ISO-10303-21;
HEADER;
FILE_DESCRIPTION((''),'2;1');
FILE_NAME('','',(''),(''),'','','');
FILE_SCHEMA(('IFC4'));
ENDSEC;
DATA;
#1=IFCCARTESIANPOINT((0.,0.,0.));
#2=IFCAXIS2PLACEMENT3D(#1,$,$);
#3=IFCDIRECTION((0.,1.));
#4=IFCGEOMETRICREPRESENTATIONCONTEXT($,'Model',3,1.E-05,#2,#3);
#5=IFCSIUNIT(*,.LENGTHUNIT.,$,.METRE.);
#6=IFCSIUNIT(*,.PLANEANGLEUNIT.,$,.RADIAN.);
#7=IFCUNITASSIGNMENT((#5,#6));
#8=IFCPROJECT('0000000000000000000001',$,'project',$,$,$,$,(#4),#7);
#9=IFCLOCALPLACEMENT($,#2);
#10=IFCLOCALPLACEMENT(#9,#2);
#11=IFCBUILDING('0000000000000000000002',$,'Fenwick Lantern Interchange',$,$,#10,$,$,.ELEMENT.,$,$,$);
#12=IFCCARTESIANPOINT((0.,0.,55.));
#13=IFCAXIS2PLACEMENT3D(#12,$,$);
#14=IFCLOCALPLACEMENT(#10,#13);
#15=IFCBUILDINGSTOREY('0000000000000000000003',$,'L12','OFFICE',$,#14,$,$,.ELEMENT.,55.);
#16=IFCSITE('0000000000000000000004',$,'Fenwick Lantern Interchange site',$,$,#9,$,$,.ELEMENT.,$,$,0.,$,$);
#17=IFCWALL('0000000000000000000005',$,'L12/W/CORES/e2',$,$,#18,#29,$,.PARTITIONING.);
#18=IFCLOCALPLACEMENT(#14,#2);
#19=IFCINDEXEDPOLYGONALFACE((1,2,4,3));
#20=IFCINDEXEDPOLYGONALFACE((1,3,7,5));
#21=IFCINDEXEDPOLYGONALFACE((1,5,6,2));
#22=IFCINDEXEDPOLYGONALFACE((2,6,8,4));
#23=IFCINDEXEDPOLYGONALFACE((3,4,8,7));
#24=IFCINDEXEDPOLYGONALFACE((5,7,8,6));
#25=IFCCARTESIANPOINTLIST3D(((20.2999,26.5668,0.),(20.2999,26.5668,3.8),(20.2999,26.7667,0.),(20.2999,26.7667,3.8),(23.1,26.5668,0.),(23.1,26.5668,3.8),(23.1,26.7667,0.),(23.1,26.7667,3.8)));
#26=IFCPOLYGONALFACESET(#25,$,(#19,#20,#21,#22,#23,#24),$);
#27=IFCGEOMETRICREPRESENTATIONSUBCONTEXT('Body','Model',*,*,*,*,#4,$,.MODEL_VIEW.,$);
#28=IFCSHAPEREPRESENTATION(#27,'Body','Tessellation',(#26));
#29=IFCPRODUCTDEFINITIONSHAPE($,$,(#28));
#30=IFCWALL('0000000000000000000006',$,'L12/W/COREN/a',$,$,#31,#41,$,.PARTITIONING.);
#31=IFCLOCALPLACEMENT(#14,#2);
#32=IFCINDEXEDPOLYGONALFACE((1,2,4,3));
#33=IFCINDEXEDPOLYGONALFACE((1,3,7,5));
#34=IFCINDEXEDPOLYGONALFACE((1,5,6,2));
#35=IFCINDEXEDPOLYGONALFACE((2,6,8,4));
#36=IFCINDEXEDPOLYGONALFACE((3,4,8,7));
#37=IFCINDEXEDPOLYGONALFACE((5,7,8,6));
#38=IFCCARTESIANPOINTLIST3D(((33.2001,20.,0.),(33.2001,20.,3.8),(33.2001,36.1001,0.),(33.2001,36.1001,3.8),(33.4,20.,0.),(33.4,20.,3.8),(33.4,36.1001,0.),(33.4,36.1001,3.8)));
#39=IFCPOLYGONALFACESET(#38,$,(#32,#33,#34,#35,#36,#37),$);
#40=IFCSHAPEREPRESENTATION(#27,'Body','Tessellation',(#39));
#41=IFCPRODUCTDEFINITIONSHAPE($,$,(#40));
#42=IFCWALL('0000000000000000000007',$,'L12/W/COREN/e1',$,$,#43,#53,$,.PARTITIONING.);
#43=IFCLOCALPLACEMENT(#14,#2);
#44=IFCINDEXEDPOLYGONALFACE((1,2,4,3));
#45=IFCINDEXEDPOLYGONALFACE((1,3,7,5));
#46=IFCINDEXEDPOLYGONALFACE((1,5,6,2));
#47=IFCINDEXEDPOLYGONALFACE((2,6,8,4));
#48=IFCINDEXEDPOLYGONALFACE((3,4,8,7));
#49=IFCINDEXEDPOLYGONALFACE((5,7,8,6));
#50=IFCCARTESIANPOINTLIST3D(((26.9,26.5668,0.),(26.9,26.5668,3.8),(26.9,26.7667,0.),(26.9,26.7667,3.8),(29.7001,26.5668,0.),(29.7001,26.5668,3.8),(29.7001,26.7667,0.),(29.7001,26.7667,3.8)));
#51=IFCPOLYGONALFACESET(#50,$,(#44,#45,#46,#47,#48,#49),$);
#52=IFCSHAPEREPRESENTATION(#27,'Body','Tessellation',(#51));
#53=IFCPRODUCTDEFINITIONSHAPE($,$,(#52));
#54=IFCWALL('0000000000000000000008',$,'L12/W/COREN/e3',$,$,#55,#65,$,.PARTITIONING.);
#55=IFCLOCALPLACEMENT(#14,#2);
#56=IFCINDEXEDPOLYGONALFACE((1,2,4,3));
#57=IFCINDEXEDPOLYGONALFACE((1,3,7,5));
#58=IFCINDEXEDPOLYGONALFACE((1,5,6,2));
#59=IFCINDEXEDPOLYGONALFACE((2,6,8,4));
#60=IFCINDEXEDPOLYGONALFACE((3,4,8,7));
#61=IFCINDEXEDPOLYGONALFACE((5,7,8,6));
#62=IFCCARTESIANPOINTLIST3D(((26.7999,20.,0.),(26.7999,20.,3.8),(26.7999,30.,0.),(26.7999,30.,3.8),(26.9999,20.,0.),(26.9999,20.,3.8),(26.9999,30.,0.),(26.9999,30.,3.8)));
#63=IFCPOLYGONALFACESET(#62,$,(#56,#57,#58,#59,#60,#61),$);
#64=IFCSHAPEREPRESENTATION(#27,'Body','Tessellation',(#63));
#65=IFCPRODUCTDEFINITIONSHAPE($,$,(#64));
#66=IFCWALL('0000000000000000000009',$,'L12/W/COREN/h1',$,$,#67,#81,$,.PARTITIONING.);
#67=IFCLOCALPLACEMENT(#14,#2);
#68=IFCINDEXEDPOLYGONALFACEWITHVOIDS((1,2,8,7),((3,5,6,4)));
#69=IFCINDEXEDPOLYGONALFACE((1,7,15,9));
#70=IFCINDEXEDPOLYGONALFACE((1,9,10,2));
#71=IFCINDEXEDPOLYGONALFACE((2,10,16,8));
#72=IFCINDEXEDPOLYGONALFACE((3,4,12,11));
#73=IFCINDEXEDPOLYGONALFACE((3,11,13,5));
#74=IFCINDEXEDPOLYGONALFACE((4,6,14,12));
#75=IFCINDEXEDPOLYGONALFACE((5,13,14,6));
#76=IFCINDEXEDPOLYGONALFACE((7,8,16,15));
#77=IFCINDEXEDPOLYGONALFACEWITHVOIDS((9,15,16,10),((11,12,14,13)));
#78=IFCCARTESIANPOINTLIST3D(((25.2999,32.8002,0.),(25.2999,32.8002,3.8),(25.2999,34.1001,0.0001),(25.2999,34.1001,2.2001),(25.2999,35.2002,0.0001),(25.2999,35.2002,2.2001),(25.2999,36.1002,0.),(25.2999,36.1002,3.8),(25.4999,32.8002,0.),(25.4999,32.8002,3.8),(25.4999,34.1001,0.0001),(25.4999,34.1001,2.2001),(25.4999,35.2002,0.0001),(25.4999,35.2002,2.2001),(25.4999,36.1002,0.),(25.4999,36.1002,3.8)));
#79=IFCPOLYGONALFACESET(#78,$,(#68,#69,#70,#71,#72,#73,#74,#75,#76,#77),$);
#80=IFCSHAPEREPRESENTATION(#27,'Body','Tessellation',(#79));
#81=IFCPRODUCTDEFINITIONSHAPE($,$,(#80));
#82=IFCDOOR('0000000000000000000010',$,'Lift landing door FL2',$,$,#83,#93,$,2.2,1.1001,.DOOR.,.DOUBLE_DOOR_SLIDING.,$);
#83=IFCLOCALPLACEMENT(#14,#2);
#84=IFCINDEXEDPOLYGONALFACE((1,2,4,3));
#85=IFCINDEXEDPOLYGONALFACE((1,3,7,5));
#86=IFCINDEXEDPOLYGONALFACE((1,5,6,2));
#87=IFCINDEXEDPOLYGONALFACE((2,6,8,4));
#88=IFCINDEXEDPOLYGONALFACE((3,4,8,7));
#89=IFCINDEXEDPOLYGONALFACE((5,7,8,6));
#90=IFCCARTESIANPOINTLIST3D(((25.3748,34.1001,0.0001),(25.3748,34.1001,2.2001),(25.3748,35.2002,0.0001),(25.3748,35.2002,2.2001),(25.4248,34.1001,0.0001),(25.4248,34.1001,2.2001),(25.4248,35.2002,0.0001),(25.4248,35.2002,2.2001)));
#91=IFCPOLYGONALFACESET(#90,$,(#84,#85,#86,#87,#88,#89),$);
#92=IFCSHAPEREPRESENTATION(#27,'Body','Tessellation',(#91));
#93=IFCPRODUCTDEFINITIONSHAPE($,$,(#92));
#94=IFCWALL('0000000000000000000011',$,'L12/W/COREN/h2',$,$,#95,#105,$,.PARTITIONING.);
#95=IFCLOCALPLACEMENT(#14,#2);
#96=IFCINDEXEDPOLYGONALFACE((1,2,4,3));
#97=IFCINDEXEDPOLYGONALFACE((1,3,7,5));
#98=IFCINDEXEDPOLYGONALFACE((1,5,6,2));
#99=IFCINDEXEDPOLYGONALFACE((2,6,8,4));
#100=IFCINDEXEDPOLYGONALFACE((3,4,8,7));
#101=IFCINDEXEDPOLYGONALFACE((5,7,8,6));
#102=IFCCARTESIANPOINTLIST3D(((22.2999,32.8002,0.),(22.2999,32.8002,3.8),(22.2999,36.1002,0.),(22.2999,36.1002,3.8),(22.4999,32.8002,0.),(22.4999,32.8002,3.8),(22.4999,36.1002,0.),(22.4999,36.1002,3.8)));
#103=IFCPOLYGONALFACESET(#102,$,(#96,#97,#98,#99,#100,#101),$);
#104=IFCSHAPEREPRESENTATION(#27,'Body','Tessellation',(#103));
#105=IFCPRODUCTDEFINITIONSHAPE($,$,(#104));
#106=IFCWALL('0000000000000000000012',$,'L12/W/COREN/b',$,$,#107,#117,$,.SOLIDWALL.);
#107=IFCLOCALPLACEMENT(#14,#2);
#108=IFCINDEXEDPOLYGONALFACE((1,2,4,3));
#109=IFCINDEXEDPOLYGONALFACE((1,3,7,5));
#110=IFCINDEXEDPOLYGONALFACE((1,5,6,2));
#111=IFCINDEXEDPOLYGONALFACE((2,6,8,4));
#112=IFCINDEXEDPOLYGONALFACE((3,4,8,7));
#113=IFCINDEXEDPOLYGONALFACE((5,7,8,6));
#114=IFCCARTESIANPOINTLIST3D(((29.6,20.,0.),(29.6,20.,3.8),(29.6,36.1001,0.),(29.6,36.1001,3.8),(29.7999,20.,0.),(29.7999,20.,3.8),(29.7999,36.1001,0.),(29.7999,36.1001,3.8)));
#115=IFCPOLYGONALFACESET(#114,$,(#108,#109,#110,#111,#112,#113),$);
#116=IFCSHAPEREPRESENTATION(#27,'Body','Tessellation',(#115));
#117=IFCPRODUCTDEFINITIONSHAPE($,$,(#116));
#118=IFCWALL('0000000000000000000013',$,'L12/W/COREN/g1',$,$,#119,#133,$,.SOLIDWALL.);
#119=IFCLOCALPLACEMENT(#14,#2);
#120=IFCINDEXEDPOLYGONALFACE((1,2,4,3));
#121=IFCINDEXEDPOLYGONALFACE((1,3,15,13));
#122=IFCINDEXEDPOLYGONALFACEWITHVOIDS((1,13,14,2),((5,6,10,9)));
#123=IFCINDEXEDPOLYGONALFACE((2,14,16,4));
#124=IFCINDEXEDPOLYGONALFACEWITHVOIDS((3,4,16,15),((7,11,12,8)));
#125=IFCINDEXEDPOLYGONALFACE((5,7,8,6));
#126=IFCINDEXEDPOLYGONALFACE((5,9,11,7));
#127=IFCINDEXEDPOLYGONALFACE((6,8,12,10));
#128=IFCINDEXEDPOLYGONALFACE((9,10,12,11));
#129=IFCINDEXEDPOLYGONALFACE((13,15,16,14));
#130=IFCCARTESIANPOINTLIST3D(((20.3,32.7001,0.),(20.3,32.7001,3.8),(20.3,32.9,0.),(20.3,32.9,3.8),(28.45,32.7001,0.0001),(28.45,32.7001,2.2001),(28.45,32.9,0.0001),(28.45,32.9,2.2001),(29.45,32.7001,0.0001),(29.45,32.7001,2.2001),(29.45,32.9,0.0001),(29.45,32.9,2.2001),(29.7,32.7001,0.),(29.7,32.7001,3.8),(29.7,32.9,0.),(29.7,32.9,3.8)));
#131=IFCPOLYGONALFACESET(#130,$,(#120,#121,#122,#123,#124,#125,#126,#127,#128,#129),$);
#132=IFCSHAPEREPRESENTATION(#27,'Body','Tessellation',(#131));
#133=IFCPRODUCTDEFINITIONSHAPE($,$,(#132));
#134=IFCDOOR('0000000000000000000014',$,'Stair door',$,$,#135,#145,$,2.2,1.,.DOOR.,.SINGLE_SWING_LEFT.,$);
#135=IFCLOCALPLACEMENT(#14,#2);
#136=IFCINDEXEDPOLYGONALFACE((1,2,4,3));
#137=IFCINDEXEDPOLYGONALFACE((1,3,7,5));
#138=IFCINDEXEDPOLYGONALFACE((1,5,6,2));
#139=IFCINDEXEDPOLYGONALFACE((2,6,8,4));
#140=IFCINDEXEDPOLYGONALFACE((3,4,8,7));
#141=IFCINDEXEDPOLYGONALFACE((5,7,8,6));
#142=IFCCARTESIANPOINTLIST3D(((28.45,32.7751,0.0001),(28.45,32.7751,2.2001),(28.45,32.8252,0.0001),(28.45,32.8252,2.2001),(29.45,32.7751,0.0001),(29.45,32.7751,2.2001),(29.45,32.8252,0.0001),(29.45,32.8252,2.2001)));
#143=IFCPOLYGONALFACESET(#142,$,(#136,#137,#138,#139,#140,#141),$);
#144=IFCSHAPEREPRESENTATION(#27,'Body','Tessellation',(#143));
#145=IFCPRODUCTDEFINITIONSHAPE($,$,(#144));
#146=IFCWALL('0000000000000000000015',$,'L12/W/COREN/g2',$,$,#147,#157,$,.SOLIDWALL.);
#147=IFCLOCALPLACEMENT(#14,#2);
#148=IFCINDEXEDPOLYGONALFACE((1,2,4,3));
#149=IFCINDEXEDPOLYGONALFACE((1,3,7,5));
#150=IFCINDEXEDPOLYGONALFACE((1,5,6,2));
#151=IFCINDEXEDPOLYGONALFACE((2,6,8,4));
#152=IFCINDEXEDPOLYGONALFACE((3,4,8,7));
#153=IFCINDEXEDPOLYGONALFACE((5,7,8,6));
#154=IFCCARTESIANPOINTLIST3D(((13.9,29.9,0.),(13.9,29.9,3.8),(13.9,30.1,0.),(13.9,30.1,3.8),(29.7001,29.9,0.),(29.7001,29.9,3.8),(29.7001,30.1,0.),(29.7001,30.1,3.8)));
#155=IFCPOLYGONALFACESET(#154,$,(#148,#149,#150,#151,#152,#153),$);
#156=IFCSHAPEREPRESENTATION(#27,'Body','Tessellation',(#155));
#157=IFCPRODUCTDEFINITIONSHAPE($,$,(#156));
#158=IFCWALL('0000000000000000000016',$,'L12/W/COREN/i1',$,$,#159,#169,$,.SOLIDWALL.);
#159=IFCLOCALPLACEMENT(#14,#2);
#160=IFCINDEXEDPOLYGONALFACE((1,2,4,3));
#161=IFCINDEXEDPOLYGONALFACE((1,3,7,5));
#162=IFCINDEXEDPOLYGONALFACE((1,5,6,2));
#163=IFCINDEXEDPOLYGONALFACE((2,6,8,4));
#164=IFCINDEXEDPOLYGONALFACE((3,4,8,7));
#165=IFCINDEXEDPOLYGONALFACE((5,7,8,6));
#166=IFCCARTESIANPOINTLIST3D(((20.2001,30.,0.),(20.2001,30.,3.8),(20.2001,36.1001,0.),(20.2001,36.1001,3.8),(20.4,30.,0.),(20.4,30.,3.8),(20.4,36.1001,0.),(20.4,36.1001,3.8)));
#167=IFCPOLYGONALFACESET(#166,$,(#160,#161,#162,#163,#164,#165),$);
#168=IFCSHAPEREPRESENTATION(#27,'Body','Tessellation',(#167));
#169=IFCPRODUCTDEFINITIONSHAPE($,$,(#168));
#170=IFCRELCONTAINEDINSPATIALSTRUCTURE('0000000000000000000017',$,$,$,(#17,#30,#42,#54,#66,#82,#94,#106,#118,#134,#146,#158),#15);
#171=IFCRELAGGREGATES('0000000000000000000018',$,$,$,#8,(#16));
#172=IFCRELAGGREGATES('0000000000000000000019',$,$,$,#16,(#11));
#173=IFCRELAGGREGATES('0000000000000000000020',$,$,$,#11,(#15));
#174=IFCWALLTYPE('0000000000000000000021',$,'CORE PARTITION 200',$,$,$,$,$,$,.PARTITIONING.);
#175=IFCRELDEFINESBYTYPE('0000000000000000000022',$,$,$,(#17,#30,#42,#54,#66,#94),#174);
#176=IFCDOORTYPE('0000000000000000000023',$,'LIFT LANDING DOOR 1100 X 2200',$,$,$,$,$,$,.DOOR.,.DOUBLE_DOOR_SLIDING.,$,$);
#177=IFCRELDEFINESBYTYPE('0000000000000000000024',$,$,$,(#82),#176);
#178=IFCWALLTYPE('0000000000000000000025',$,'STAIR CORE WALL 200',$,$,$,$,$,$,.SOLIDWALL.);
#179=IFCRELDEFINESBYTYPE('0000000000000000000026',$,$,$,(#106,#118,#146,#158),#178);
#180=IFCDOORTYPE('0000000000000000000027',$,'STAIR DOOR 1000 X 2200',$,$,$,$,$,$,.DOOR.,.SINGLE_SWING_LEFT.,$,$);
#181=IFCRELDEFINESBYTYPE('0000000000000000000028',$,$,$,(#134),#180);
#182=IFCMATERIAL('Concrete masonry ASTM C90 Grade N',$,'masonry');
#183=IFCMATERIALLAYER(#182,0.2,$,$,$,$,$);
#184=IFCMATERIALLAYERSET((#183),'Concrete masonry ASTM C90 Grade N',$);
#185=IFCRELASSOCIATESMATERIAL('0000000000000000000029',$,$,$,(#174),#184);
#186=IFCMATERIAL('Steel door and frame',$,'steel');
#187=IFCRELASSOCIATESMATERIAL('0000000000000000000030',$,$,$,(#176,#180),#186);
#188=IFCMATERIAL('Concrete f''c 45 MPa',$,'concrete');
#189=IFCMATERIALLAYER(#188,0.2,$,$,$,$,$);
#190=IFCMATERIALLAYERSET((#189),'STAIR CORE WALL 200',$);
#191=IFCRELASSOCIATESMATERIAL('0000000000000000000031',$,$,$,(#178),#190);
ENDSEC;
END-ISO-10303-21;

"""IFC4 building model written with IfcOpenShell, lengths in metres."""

from ifc_helpers import new_model, si_unit, direction, frame, frame_2d, origin, place, context, subcontext, project, spatial, rectangle, extrude, material, layer, layer_set, type_object, element, fill, save


model = new_model("IFC4")

# Units and contexts
model_context = context("Model", 3, precision=1e-05, world=origin(), true_north=direction((0.0, 1.0)))
body_context = subcontext(model_context, "Body", "Model", "MODEL_VIEW")
ifc_project = project(units=[si_unit("LENGTHUNIT", "METRE"), si_unit("PLANEANGLEUNIT", "RADIAN")], contexts=[model_context])

# Site, building, storey
site_placement = place(None, origin())
site = spatial("IfcSite", under=ifc_project, at=site_placement, Name="Fenwick Lantern Interchange site", CompositionType="ELEMENT", RefElevation=0.0)
building_placement = place(site_placement, origin())
building = spatial("IfcBuilding", under=site, at=building_placement, Name="Fenwick Lantern Interchange", CompositionType="ELEMENT")
storey_placement = place(building_placement, frame((0.0, 0.0, 55.0)))
storey = spatial("IfcBuildingStorey", under=building, at=storey_placement, Name="L12", Description="OFFICE", CompositionType="ELEMENT", Elevation=55.0)

# Walls
ifc_material_1 = material(Name="Concrete masonry ASTM C90 Grade N", Category="masonry")
ifc_layer_1 = layer(ifc_material_1, 0.2)
ifc_layer_set_1 = layer_set([ifc_layer_1], Name="Concrete masonry ASTM C90 Grade N")
wall_type_1 = type_object("IfcWallType", Name="CORE PARTITION 200", PredefinedType="PARTITIONING", material=ifc_layer_set_1)
wall_1_placement = place(storey_placement, frame((20.3, 26.6667, 0.0), z_axis=(0.0, 0.0, 1.0), x_axis=(1.0, 0.0, 0.0)))
element("IfcWall", 1, at=wall_1_placement, inside=storey, type_object=wall_type_1, Name="L12/W/CORES/e2", PredefinedType="PARTITIONING", context=body_context, shape_type="SweptSolid", body=[
    extrude(rectangle(XDim=2.8, YDim=0.2, at=frame_2d((1.3999, 0.0))), origin(), (0.0, 0.0, 1.0), 3.8),
])
wall_2_placement = place(storey_placement, frame((33.3, 36.1001, 0.0), z_axis=(0.0, 0.0, 1.0), x_axis=(0.0, -1.0, 0.0)))
element("IfcWall", 2, at=wall_2_placement, inside=storey, type_object=wall_type_1, Name="L12/W/COREN/a", PredefinedType="PARTITIONING", context=body_context, shape_type="SweptSolid", body=[
    extrude(rectangle(XDim=16.1001, YDim=0.2, at=frame_2d((8.05, 0.0))), origin(), (0.0, 0.0, 1.0), 3.8),
])
wall_3_placement = place(storey_placement, frame((29.7, 26.6667, 0.0), z_axis=(0.0, 0.0, 1.0), x_axis=(-1.0, 0.0, 0.0)))
element("IfcWall", 3, at=wall_3_placement, inside=storey, type_object=wall_type_1, Name="L12/W/COREN/e1", PredefinedType="PARTITIONING", context=body_context, shape_type="SweptSolid", body=[
    extrude(rectangle(XDim=2.8, YDim=0.2, at=frame_2d((1.3999, 0.0))), origin(), (0.0, 0.0, 1.0), 3.8),
])
wall_4_placement = place(storey_placement, frame((26.8999, 30.0, 0.0), z_axis=(0.0, 0.0, 1.0), x_axis=(0.0, -1.0, 0.0)))
element("IfcWall", 4, at=wall_4_placement, inside=storey, type_object=wall_type_1, Name="L12/W/COREN/e3", PredefinedType="PARTITIONING", context=body_context, shape_type="SweptSolid", body=[
    extrude(rectangle(XDim=10.0, YDim=0.2, at=frame_2d((5.0, 0.0))), origin(), (0.0, 0.0, 1.0), 3.8),
])

# Wall, opening, door
wall_5_placement = place(storey_placement, frame((25.3999, 36.1001, 0.0), z_axis=(0.0, 0.0, 1.0), x_axis=(0.0, -1.0, 0.0)))
wall_5 = element("IfcWall", 5, at=wall_5_placement, inside=storey, type_object=wall_type_1, Name="L12/W/COREN/h1", PredefinedType="PARTITIONING", context=body_context, shape_type="SweptSolid", body=[
    extrude(rectangle(XDim=3.3, YDim=0.2, at=frame_2d((1.6499, 0.0))), origin(), (0.0, 0.0, 1.0), 3.8),
])
opening_1_placement = place(wall_5_placement, frame((0.8999, 0.0, 0.0)))
opening_1 = element("IfcOpeningElement", 6, at=opening_1_placement, cuts=wall_5, PredefinedType="OPENING", context=body_context, shape_type="SweptSolid", body=[
    extrude(rectangle(XDim=1.1001, YDim=2.2, at=frame_2d((0.55, 1.1001))), frame((0.0, 0.1099, 0.0), z_axis=(0.0, -1.0, 0.0), x_axis=(1.0, 0.0, 0.0)), (0.0, 0.0, 1.0), 0.22),
])
ifc_material_2 = material(Name="Steel door and frame", Category="steel")
door_type_1 = type_object("IfcDoorType", Name="LIFT LANDING DOOR 1100 X 2200", OperationType="DOUBLE_DOOR_SLIDING", PredefinedType="DOOR", material=ifc_material_2)
door_1_placement = place(opening_1_placement, origin())
door_1 = element("IfcDoor", 7, at=door_1_placement, inside=storey, type_object=door_type_1, Name="Lift landing door FL2", OperationType="DOUBLE_DOOR_SLIDING", OverallHeight=2.2, OverallWidth=1.1001, PredefinedType="DOOR", context=body_context, shape_type="SweptSolid", body=[
    extrude(rectangle(XDim=1.1001, YDim=2.2, at=frame_2d((0.55, 1.1001))), frame((0.0, 0.0249, 0.0), z_axis=(0.0, -1.0, 0.0), x_axis=(1.0, 0.0, 0.0)), (0.0, 0.0, 1.0), 0.05),
])
fill(opening_1, door_1)

# Walls
wall_6_placement = place(storey_placement, frame((22.3999, 36.1001, 0.0), z_axis=(0.0, 0.0, 1.0), x_axis=(0.0, -1.0, 0.0)))
element("IfcWall", 8, at=wall_6_placement, inside=storey, type_object=wall_type_1, Name="L12/W/COREN/h2", PredefinedType="PARTITIONING", context=body_context, shape_type="SweptSolid", body=[
    extrude(rectangle(XDim=3.3, YDim=0.2, at=frame_2d((1.6499, 0.0))), origin(), (0.0, 0.0, 1.0), 3.8),
])
ifc_material_3 = material(Name="Concrete f'c 45 MPa", Category="concrete")
ifc_layer_2 = layer(ifc_material_3, 0.2)
ifc_layer_set_2 = layer_set([ifc_layer_2], Name="STAIR CORE WALL 200")
wall_type_2 = type_object("IfcWallType", Name="STAIR CORE WALL 200", PredefinedType="SOLIDWALL", material=ifc_layer_set_2)
wall_7_placement = place(storey_placement, frame((29.7, 36.1001, 0.0), z_axis=(0.0, 0.0, 1.0), x_axis=(0.0, -1.0, 0.0)))
element("IfcWall", 9, at=wall_7_placement, inside=storey, type_object=wall_type_2, Name="L12/W/COREN/b", PredefinedType="SOLIDWALL", context=body_context, shape_type="SweptSolid", body=[
    extrude(rectangle(XDim=16.1001, YDim=0.2, at=frame_2d((8.05, 0.0))), origin(), (0.0, 0.0, 1.0), 3.8),
])

# Wall, opening, door
wall_8_placement = place(storey_placement, frame((29.7, 32.8, 0.0), z_axis=(0.0, 0.0, 1.0), x_axis=(-1.0, 0.0, 0.0)))
wall_8 = element("IfcWall", 10, at=wall_8_placement, inside=storey, type_object=wall_type_2, Name="L12/W/COREN/g1", PredefinedType="SOLIDWALL", context=body_context, shape_type="SweptSolid", body=[
    extrude(rectangle(XDim=9.3999, YDim=0.2, at=frame_2d((4.7, 0.0))), origin(), (0.0, 0.0, 1.0), 3.8),
])
opening_2_placement = place(wall_8_placement, frame((0.25, 0.0, 0.0)))
opening_2 = element("IfcOpeningElement", 11, at=opening_2_placement, cuts=wall_8, PredefinedType="OPENING", context=body_context, shape_type="SweptSolid", body=[
    extrude(rectangle(XDim=1.0, YDim=2.2, at=frame_2d((0.5, 1.1001))), frame((0.0, 0.1099, 0.0), z_axis=(0.0, -1.0, 0.0), x_axis=(1.0, 0.0, 0.0)), (0.0, 0.0, 1.0), 0.22),
])
door_type_2 = type_object("IfcDoorType", Name="STAIR DOOR 1000 X 2200", OperationType="SINGLE_SWING_LEFT", PredefinedType="DOOR", material=ifc_material_2)
door_2_placement = place(opening_2_placement, origin())
door_2 = element("IfcDoor", 12, at=door_2_placement, inside=storey, type_object=door_type_2, Name="Stair door", OperationType="SINGLE_SWING_LEFT", OverallHeight=2.2, OverallWidth=1.0, PredefinedType="DOOR", context=body_context, shape_type="SweptSolid", body=[
    extrude(rectangle(XDim=1.0, YDim=2.2, at=frame_2d((0.5, 1.1001))), frame((0.0, 0.0249, 0.0), z_axis=(0.0, -1.0, 0.0), x_axis=(1.0, 0.0, 0.0)), (0.0, 0.0, 1.0), 0.05),
])
fill(opening_2, door_2)

# Walls
wall_9_placement = place(storey_placement, frame((29.7, 30.0, 0.0), z_axis=(0.0, 0.0, 1.0), x_axis=(-1.0, 0.0, 0.0)))
element("IfcWall", 13, at=wall_9_placement, inside=storey, type_object=wall_type_2, Name="L12/W/COREN/g2", PredefinedType="SOLIDWALL", context=body_context, shape_type="SweptSolid", body=[
    extrude(rectangle(XDim=15.8, YDim=0.2, at=frame_2d((7.8999, 0.0))), origin(), (0.0, 0.0, 1.0), 3.8),
])
wall_10_placement = place(storey_placement, frame((20.3, 36.1001, 0.0), z_axis=(0.0, 0.0, 1.0), x_axis=(0.0, -1.0, 0.0)))
element("IfcWall", 14, at=wall_10_placement, inside=storey, type_object=wall_type_2, Name="L12/W/COREN/i1", PredefinedType="SOLIDWALL", context=body_context, shape_type="SweptSolid", body=[
    extrude(rectangle(XDim=6.1001, YDim=0.2, at=frame_2d((3.05, 0.0))), origin(), (0.0, 0.0, 1.0), 3.8),
])

save(model, "model.ifc")
